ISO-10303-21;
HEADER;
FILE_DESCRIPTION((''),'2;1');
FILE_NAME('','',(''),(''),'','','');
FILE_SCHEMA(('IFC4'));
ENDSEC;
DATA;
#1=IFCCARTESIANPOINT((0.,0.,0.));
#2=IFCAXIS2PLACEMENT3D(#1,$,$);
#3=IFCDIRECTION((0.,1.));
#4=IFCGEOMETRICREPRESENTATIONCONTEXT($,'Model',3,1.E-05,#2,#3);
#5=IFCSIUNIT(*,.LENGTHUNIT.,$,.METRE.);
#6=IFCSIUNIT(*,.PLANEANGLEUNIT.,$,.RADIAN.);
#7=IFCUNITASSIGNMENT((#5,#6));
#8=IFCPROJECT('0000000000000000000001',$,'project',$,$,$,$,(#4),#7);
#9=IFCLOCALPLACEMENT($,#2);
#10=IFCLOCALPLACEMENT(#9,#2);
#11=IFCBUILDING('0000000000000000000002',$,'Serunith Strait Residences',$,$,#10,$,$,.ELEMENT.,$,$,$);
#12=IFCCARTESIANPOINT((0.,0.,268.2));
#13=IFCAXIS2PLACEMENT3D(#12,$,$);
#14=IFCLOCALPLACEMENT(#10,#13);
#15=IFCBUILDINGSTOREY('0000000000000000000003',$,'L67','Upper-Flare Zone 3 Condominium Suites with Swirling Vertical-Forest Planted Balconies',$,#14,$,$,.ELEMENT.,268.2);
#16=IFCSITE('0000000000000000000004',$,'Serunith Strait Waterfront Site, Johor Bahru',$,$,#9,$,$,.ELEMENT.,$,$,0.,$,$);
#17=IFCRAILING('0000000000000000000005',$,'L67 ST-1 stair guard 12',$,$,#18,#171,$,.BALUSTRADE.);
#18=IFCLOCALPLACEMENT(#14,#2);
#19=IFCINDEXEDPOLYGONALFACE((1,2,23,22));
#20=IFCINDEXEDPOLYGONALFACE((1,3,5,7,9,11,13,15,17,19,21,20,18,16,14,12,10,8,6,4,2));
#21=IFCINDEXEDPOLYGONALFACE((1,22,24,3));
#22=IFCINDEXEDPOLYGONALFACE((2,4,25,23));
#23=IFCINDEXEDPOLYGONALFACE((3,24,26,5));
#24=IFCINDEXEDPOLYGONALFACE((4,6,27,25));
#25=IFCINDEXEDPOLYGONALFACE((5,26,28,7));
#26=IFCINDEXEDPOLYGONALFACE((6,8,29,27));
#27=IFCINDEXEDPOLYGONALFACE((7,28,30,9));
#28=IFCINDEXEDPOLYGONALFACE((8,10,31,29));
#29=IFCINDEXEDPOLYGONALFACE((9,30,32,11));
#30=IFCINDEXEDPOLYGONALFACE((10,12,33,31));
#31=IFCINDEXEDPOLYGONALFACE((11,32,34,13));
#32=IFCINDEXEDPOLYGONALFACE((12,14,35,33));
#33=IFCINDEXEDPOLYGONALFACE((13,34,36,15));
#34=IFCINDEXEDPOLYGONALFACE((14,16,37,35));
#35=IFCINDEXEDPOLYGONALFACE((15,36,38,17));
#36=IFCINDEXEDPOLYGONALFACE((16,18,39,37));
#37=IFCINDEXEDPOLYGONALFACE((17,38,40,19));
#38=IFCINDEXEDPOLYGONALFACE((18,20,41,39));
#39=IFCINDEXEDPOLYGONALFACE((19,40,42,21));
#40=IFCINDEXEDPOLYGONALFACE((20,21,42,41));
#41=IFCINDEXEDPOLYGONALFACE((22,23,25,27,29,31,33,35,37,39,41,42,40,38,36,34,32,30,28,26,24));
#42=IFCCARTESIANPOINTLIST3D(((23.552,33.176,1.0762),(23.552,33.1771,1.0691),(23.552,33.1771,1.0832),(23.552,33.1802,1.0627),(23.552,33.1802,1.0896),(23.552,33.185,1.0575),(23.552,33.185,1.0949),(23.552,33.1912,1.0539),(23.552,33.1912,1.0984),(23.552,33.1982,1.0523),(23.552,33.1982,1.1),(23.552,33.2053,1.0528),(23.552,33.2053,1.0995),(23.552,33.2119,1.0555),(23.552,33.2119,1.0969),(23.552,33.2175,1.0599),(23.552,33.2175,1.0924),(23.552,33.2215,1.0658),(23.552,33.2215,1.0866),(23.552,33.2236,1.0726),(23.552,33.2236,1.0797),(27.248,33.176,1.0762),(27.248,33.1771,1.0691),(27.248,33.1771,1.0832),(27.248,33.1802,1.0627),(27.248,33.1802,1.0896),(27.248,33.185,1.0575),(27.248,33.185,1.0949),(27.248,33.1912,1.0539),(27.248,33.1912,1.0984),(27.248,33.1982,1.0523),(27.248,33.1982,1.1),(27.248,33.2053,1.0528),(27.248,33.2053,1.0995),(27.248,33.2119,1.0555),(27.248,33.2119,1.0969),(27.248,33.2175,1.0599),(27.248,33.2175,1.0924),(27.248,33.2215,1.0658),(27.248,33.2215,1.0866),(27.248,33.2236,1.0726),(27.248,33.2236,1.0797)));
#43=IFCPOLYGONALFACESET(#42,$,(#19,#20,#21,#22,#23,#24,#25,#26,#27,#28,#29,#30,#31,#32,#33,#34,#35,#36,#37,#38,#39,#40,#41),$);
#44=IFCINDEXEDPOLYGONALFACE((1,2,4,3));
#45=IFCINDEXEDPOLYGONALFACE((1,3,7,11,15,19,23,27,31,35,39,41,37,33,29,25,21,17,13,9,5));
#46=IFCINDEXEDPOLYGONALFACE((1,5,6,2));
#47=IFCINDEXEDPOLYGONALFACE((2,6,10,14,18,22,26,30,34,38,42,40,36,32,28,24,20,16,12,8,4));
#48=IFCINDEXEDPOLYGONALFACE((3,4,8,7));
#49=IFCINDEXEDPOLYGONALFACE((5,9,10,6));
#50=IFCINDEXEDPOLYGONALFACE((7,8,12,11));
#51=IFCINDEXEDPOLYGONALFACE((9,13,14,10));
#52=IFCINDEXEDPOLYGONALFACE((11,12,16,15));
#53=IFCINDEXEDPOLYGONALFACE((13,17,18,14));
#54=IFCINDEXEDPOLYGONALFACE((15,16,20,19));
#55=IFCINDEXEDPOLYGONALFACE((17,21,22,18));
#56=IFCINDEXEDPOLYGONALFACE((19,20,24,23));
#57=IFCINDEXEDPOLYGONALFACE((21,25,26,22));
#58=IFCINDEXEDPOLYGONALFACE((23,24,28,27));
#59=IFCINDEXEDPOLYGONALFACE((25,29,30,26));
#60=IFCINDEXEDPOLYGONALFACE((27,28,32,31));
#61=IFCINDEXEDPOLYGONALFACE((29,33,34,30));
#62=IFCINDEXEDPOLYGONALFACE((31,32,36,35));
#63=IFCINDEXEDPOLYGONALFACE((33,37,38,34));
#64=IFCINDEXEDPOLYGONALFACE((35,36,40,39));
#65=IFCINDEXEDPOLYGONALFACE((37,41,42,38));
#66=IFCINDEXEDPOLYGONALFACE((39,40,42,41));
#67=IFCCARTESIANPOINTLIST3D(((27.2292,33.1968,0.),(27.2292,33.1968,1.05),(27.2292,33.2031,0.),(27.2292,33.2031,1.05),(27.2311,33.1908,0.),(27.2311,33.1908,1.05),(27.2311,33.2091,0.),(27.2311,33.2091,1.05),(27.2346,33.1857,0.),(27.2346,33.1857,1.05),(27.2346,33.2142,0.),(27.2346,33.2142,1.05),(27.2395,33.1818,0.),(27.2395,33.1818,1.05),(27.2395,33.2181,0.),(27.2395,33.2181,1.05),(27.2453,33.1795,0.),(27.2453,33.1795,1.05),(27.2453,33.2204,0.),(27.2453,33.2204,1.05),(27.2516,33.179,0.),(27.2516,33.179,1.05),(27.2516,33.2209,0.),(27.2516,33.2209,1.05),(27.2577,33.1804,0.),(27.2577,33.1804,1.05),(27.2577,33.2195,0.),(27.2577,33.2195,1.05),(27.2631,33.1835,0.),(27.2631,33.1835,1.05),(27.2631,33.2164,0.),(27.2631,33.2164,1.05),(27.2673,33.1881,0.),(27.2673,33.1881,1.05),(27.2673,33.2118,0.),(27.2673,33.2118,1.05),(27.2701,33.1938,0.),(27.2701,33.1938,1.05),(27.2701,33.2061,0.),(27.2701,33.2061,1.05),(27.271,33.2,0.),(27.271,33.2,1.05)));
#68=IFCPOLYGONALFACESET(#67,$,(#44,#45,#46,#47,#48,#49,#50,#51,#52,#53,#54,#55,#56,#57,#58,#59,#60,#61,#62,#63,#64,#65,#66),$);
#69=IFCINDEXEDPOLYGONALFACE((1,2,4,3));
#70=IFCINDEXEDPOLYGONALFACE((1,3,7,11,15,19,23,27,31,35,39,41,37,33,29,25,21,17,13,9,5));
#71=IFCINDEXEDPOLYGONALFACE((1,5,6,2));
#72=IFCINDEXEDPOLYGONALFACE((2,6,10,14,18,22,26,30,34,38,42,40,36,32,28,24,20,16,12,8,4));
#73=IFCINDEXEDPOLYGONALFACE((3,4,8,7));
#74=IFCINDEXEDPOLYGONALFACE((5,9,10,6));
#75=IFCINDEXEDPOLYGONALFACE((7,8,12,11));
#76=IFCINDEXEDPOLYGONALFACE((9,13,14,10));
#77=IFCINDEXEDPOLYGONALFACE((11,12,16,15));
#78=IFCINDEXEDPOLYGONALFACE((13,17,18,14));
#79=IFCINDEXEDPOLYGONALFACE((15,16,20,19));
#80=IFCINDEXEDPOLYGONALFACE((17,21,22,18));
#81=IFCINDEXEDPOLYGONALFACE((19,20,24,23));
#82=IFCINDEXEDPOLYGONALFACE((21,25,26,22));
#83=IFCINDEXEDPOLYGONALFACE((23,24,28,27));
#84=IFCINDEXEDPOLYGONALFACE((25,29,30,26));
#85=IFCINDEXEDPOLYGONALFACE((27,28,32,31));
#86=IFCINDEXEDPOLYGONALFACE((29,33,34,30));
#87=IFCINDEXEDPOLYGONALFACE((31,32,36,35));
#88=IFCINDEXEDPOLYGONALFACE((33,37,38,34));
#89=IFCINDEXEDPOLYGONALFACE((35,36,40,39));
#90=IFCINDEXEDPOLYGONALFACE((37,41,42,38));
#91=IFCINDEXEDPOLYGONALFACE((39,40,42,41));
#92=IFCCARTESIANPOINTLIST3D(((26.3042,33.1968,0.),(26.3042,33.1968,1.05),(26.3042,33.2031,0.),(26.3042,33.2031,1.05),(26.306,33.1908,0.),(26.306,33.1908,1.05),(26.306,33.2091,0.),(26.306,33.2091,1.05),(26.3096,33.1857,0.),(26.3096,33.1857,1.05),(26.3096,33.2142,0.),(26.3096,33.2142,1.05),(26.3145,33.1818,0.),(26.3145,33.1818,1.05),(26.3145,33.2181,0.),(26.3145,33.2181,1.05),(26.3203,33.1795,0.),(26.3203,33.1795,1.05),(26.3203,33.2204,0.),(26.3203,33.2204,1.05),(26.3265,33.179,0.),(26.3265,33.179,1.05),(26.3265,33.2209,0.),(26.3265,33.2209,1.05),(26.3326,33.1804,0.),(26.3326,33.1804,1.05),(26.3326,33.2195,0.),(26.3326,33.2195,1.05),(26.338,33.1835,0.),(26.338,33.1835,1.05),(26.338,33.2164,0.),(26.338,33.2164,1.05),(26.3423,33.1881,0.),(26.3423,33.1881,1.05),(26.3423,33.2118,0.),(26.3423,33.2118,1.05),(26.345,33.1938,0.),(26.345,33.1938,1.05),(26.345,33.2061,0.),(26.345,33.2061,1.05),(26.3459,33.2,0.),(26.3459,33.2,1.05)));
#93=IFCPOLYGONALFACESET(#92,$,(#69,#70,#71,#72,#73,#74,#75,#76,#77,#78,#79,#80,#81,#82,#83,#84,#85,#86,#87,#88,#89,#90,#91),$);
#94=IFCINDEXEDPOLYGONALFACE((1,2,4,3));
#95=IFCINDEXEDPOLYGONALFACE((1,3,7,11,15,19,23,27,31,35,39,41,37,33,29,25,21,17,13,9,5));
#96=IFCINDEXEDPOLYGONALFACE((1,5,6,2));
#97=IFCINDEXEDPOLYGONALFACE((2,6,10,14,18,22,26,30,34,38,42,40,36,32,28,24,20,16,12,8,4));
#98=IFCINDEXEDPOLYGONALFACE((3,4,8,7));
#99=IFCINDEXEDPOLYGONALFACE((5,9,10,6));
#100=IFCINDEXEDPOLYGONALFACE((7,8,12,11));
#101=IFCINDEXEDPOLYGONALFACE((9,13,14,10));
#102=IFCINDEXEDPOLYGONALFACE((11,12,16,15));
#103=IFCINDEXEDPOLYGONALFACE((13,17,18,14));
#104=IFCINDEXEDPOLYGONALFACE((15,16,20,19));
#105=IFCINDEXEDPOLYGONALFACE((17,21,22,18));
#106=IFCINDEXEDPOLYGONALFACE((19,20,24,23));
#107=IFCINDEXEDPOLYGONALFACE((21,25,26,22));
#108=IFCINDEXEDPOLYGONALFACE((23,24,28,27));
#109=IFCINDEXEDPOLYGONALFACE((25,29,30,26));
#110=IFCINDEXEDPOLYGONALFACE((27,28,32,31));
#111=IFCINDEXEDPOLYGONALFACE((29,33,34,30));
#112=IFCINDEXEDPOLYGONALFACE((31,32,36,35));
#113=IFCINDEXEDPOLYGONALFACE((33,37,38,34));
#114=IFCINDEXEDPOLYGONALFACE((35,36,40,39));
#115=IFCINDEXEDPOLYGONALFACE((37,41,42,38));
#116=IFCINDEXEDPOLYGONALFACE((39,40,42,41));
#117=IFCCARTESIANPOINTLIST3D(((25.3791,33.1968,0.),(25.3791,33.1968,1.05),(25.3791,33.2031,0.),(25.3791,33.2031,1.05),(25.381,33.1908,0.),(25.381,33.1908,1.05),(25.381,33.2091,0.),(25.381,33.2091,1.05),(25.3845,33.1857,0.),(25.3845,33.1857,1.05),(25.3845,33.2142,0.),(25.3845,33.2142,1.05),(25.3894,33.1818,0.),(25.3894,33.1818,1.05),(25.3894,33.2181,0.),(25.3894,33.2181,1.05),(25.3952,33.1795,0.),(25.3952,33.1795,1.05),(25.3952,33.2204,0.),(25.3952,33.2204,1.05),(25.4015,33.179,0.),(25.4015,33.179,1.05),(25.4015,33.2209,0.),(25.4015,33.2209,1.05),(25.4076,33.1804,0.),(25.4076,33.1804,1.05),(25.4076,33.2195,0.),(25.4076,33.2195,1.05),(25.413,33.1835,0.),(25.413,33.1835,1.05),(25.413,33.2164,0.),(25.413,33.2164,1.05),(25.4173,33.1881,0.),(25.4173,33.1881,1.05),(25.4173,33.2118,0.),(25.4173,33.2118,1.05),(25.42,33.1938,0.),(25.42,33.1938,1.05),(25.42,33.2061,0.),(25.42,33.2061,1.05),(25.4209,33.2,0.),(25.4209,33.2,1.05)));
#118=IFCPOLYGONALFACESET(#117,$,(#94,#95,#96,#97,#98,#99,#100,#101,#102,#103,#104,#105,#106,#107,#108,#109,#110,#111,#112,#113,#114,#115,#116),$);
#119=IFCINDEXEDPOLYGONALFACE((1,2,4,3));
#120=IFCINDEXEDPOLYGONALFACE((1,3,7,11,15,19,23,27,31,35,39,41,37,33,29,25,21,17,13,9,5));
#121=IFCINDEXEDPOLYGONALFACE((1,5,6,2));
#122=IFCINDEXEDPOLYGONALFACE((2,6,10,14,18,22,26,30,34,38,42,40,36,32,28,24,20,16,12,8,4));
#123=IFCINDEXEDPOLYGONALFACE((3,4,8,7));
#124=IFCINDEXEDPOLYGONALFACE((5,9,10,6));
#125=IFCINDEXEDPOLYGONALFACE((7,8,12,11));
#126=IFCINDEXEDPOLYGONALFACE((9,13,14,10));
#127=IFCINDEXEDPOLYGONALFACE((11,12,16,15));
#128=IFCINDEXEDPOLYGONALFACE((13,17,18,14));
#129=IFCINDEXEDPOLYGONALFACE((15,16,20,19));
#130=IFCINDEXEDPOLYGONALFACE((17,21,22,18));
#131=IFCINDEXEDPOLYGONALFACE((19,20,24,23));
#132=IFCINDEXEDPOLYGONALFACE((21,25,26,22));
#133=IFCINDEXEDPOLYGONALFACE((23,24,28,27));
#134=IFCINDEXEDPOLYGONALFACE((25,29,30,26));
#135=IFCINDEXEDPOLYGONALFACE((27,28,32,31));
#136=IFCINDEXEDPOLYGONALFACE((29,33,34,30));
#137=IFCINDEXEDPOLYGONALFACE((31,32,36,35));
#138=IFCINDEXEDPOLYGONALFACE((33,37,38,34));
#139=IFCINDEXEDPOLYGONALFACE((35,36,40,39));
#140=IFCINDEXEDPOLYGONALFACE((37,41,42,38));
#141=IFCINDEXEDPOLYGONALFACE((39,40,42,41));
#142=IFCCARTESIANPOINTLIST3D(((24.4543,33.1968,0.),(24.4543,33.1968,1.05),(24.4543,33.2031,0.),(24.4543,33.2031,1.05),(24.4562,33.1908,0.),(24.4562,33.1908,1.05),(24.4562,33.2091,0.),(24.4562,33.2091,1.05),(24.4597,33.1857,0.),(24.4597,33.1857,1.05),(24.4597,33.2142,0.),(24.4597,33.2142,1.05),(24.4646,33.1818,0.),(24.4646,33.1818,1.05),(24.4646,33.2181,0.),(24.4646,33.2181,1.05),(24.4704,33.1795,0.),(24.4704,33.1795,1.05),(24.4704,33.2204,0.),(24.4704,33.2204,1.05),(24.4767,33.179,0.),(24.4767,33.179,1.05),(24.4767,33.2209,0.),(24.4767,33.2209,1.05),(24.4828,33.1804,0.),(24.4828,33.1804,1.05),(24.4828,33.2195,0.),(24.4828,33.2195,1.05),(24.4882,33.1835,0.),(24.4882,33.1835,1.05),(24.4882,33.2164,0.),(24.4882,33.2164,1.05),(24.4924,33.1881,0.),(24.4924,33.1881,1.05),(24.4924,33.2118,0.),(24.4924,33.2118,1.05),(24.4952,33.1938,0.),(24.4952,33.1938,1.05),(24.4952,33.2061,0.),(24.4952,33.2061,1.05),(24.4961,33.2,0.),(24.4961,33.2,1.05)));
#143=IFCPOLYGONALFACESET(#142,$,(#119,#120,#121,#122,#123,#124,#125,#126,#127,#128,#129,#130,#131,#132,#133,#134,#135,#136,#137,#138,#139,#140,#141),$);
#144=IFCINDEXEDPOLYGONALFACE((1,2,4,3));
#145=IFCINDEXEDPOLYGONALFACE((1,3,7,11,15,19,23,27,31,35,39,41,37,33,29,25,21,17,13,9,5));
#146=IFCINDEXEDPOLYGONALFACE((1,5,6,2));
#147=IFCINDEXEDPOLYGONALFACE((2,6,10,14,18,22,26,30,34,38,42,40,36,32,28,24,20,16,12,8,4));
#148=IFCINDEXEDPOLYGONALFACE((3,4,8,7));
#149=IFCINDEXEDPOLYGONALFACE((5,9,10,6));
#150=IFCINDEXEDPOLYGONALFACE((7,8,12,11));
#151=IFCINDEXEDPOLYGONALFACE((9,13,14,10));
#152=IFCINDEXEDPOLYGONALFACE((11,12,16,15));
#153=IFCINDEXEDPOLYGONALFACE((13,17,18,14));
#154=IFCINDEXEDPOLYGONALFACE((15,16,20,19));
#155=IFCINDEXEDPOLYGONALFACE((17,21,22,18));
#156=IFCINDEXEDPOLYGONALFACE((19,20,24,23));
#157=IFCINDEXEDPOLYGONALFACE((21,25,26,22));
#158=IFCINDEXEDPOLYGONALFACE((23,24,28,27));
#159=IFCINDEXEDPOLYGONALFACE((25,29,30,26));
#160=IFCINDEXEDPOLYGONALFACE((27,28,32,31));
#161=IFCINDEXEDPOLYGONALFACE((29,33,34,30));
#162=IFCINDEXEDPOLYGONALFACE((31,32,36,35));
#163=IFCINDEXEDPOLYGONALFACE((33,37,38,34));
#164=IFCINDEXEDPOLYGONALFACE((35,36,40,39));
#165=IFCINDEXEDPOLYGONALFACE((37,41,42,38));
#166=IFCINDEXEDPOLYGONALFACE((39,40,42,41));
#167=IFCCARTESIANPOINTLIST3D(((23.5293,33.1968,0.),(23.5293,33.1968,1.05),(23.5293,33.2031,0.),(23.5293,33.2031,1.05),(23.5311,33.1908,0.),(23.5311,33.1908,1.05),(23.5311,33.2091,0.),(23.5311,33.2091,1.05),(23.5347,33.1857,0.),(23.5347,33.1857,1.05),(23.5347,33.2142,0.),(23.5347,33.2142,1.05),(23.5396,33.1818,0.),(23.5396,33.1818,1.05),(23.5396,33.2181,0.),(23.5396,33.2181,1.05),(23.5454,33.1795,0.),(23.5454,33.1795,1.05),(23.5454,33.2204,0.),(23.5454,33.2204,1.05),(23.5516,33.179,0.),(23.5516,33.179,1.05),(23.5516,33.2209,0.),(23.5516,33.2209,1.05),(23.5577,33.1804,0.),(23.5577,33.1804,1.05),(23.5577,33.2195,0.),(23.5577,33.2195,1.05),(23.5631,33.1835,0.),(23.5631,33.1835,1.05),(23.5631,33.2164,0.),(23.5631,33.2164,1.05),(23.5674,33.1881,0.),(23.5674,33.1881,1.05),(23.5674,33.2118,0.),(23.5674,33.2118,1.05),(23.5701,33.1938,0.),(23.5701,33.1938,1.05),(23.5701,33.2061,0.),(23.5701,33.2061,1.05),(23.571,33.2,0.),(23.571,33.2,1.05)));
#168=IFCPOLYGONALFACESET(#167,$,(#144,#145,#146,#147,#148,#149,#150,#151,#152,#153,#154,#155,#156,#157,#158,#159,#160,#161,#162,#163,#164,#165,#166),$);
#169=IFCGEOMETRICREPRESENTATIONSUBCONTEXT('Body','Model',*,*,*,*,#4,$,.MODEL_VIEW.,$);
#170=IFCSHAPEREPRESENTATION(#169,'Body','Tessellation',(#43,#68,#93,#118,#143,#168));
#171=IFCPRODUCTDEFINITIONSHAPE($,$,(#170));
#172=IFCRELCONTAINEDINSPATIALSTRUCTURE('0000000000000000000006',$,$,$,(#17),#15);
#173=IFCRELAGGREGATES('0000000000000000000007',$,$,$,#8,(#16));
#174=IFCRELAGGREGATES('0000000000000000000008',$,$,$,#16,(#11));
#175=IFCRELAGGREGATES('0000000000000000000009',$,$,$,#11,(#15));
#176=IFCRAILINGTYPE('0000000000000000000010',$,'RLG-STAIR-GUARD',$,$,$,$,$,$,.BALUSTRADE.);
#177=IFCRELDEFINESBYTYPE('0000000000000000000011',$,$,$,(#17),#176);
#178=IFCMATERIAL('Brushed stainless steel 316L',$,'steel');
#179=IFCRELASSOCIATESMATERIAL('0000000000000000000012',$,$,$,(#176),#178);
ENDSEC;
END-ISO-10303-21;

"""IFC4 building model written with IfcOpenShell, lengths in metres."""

from ifc_helpers import new_model, si_unit, direction, frame, origin, origin_2d, place, context, subcontext, project, spatial, circle, extrude, material, type_object, element, save


model = new_model("IFC4")

# Units and contexts
model_context = context("Model", 3, precision=1e-05, world=origin(), true_north=direction((0.0, 1.0)))
body_context = subcontext(model_context, "Body", "Model", "MODEL_VIEW")
ifc_project = project(units=[si_unit("LENGTHUNIT", "METRE"), si_unit("PLANEANGLEUNIT", "RADIAN")], contexts=[model_context])

# Site, building, storey
site_placement = place(None, origin())
site = spatial("IfcSite", under=ifc_project, at=site_placement, Name="Serunith Strait Waterfront Site, Johor Bahru", CompositionType="ELEMENT", RefElevation=0.0)
building_placement = place(site_placement, origin())
building = spatial("IfcBuilding", under=site, at=building_placement, Name="Serunith Strait Residences", CompositionType="ELEMENT")
storey_placement = place(building_placement, frame((0.0, 0.0, 268.2)))
storey = spatial("IfcBuildingStorey", under=building, at=storey_placement, Name="L67", Description="Upper-Flare Zone 3 Condominium Suites with Swirling Vertical-Forest Planted Balconies", CompositionType="ELEMENT", Elevation=268.2)

# Railing
ifc_material_1 = material(Name="Brushed stainless steel 316L", Category="steel")
railing_type_1 = type_object("IfcRailingType", Name="RLG-STAIR-GUARD", PredefinedType="BALUSTRADE", material=ifc_material_1)
railing_1_placement = place(storey_placement, frame((27.25, 33.2, 0.0)))
element("IfcRailing", 1, at=railing_1_placement, inside=storey, type_object=railing_type_1, Name="L67 ST-1 stair guard 12", PredefinedType="BALUSTRADE", context=body_context, shape_type="SweptSolid", body=[
    extrude(circle(Radius=0.0239, at=origin_2d()), frame((-0.002, 0.0, 1.0762), z_axis=(-1.0, 0.0, 0.0), x_axis=(0.0, -1.0, 0.0)), (0.0, 0.0, 1.0), 3.696),
    extrude(circle(Radius=0.021, at=origin_2d()), origin(), (0.0, 0.0, 1.0), 1.05),
    extrude(circle(Radius=0.021, at=origin_2d()), frame((-0.925, 0.0, 0.0)), (0.0, 0.0, 1.0), 1.05),
    extrude(circle(Radius=0.021, at=origin_2d()), frame((-1.8501, 0.0, 0.0)), (0.0, 0.0, 1.0), 1.05),
    extrude(circle(Radius=0.021, at=origin_2d()), frame((-2.7749, 0.0, 0.0)), (0.0, 0.0, 1.0), 1.05),
    extrude(circle(Radius=0.021, at=origin_2d()), frame((-3.7, 0.0, 0.0)), (0.0, 0.0, 1.0), 1.05),
])

save(model, "model.ifc")
